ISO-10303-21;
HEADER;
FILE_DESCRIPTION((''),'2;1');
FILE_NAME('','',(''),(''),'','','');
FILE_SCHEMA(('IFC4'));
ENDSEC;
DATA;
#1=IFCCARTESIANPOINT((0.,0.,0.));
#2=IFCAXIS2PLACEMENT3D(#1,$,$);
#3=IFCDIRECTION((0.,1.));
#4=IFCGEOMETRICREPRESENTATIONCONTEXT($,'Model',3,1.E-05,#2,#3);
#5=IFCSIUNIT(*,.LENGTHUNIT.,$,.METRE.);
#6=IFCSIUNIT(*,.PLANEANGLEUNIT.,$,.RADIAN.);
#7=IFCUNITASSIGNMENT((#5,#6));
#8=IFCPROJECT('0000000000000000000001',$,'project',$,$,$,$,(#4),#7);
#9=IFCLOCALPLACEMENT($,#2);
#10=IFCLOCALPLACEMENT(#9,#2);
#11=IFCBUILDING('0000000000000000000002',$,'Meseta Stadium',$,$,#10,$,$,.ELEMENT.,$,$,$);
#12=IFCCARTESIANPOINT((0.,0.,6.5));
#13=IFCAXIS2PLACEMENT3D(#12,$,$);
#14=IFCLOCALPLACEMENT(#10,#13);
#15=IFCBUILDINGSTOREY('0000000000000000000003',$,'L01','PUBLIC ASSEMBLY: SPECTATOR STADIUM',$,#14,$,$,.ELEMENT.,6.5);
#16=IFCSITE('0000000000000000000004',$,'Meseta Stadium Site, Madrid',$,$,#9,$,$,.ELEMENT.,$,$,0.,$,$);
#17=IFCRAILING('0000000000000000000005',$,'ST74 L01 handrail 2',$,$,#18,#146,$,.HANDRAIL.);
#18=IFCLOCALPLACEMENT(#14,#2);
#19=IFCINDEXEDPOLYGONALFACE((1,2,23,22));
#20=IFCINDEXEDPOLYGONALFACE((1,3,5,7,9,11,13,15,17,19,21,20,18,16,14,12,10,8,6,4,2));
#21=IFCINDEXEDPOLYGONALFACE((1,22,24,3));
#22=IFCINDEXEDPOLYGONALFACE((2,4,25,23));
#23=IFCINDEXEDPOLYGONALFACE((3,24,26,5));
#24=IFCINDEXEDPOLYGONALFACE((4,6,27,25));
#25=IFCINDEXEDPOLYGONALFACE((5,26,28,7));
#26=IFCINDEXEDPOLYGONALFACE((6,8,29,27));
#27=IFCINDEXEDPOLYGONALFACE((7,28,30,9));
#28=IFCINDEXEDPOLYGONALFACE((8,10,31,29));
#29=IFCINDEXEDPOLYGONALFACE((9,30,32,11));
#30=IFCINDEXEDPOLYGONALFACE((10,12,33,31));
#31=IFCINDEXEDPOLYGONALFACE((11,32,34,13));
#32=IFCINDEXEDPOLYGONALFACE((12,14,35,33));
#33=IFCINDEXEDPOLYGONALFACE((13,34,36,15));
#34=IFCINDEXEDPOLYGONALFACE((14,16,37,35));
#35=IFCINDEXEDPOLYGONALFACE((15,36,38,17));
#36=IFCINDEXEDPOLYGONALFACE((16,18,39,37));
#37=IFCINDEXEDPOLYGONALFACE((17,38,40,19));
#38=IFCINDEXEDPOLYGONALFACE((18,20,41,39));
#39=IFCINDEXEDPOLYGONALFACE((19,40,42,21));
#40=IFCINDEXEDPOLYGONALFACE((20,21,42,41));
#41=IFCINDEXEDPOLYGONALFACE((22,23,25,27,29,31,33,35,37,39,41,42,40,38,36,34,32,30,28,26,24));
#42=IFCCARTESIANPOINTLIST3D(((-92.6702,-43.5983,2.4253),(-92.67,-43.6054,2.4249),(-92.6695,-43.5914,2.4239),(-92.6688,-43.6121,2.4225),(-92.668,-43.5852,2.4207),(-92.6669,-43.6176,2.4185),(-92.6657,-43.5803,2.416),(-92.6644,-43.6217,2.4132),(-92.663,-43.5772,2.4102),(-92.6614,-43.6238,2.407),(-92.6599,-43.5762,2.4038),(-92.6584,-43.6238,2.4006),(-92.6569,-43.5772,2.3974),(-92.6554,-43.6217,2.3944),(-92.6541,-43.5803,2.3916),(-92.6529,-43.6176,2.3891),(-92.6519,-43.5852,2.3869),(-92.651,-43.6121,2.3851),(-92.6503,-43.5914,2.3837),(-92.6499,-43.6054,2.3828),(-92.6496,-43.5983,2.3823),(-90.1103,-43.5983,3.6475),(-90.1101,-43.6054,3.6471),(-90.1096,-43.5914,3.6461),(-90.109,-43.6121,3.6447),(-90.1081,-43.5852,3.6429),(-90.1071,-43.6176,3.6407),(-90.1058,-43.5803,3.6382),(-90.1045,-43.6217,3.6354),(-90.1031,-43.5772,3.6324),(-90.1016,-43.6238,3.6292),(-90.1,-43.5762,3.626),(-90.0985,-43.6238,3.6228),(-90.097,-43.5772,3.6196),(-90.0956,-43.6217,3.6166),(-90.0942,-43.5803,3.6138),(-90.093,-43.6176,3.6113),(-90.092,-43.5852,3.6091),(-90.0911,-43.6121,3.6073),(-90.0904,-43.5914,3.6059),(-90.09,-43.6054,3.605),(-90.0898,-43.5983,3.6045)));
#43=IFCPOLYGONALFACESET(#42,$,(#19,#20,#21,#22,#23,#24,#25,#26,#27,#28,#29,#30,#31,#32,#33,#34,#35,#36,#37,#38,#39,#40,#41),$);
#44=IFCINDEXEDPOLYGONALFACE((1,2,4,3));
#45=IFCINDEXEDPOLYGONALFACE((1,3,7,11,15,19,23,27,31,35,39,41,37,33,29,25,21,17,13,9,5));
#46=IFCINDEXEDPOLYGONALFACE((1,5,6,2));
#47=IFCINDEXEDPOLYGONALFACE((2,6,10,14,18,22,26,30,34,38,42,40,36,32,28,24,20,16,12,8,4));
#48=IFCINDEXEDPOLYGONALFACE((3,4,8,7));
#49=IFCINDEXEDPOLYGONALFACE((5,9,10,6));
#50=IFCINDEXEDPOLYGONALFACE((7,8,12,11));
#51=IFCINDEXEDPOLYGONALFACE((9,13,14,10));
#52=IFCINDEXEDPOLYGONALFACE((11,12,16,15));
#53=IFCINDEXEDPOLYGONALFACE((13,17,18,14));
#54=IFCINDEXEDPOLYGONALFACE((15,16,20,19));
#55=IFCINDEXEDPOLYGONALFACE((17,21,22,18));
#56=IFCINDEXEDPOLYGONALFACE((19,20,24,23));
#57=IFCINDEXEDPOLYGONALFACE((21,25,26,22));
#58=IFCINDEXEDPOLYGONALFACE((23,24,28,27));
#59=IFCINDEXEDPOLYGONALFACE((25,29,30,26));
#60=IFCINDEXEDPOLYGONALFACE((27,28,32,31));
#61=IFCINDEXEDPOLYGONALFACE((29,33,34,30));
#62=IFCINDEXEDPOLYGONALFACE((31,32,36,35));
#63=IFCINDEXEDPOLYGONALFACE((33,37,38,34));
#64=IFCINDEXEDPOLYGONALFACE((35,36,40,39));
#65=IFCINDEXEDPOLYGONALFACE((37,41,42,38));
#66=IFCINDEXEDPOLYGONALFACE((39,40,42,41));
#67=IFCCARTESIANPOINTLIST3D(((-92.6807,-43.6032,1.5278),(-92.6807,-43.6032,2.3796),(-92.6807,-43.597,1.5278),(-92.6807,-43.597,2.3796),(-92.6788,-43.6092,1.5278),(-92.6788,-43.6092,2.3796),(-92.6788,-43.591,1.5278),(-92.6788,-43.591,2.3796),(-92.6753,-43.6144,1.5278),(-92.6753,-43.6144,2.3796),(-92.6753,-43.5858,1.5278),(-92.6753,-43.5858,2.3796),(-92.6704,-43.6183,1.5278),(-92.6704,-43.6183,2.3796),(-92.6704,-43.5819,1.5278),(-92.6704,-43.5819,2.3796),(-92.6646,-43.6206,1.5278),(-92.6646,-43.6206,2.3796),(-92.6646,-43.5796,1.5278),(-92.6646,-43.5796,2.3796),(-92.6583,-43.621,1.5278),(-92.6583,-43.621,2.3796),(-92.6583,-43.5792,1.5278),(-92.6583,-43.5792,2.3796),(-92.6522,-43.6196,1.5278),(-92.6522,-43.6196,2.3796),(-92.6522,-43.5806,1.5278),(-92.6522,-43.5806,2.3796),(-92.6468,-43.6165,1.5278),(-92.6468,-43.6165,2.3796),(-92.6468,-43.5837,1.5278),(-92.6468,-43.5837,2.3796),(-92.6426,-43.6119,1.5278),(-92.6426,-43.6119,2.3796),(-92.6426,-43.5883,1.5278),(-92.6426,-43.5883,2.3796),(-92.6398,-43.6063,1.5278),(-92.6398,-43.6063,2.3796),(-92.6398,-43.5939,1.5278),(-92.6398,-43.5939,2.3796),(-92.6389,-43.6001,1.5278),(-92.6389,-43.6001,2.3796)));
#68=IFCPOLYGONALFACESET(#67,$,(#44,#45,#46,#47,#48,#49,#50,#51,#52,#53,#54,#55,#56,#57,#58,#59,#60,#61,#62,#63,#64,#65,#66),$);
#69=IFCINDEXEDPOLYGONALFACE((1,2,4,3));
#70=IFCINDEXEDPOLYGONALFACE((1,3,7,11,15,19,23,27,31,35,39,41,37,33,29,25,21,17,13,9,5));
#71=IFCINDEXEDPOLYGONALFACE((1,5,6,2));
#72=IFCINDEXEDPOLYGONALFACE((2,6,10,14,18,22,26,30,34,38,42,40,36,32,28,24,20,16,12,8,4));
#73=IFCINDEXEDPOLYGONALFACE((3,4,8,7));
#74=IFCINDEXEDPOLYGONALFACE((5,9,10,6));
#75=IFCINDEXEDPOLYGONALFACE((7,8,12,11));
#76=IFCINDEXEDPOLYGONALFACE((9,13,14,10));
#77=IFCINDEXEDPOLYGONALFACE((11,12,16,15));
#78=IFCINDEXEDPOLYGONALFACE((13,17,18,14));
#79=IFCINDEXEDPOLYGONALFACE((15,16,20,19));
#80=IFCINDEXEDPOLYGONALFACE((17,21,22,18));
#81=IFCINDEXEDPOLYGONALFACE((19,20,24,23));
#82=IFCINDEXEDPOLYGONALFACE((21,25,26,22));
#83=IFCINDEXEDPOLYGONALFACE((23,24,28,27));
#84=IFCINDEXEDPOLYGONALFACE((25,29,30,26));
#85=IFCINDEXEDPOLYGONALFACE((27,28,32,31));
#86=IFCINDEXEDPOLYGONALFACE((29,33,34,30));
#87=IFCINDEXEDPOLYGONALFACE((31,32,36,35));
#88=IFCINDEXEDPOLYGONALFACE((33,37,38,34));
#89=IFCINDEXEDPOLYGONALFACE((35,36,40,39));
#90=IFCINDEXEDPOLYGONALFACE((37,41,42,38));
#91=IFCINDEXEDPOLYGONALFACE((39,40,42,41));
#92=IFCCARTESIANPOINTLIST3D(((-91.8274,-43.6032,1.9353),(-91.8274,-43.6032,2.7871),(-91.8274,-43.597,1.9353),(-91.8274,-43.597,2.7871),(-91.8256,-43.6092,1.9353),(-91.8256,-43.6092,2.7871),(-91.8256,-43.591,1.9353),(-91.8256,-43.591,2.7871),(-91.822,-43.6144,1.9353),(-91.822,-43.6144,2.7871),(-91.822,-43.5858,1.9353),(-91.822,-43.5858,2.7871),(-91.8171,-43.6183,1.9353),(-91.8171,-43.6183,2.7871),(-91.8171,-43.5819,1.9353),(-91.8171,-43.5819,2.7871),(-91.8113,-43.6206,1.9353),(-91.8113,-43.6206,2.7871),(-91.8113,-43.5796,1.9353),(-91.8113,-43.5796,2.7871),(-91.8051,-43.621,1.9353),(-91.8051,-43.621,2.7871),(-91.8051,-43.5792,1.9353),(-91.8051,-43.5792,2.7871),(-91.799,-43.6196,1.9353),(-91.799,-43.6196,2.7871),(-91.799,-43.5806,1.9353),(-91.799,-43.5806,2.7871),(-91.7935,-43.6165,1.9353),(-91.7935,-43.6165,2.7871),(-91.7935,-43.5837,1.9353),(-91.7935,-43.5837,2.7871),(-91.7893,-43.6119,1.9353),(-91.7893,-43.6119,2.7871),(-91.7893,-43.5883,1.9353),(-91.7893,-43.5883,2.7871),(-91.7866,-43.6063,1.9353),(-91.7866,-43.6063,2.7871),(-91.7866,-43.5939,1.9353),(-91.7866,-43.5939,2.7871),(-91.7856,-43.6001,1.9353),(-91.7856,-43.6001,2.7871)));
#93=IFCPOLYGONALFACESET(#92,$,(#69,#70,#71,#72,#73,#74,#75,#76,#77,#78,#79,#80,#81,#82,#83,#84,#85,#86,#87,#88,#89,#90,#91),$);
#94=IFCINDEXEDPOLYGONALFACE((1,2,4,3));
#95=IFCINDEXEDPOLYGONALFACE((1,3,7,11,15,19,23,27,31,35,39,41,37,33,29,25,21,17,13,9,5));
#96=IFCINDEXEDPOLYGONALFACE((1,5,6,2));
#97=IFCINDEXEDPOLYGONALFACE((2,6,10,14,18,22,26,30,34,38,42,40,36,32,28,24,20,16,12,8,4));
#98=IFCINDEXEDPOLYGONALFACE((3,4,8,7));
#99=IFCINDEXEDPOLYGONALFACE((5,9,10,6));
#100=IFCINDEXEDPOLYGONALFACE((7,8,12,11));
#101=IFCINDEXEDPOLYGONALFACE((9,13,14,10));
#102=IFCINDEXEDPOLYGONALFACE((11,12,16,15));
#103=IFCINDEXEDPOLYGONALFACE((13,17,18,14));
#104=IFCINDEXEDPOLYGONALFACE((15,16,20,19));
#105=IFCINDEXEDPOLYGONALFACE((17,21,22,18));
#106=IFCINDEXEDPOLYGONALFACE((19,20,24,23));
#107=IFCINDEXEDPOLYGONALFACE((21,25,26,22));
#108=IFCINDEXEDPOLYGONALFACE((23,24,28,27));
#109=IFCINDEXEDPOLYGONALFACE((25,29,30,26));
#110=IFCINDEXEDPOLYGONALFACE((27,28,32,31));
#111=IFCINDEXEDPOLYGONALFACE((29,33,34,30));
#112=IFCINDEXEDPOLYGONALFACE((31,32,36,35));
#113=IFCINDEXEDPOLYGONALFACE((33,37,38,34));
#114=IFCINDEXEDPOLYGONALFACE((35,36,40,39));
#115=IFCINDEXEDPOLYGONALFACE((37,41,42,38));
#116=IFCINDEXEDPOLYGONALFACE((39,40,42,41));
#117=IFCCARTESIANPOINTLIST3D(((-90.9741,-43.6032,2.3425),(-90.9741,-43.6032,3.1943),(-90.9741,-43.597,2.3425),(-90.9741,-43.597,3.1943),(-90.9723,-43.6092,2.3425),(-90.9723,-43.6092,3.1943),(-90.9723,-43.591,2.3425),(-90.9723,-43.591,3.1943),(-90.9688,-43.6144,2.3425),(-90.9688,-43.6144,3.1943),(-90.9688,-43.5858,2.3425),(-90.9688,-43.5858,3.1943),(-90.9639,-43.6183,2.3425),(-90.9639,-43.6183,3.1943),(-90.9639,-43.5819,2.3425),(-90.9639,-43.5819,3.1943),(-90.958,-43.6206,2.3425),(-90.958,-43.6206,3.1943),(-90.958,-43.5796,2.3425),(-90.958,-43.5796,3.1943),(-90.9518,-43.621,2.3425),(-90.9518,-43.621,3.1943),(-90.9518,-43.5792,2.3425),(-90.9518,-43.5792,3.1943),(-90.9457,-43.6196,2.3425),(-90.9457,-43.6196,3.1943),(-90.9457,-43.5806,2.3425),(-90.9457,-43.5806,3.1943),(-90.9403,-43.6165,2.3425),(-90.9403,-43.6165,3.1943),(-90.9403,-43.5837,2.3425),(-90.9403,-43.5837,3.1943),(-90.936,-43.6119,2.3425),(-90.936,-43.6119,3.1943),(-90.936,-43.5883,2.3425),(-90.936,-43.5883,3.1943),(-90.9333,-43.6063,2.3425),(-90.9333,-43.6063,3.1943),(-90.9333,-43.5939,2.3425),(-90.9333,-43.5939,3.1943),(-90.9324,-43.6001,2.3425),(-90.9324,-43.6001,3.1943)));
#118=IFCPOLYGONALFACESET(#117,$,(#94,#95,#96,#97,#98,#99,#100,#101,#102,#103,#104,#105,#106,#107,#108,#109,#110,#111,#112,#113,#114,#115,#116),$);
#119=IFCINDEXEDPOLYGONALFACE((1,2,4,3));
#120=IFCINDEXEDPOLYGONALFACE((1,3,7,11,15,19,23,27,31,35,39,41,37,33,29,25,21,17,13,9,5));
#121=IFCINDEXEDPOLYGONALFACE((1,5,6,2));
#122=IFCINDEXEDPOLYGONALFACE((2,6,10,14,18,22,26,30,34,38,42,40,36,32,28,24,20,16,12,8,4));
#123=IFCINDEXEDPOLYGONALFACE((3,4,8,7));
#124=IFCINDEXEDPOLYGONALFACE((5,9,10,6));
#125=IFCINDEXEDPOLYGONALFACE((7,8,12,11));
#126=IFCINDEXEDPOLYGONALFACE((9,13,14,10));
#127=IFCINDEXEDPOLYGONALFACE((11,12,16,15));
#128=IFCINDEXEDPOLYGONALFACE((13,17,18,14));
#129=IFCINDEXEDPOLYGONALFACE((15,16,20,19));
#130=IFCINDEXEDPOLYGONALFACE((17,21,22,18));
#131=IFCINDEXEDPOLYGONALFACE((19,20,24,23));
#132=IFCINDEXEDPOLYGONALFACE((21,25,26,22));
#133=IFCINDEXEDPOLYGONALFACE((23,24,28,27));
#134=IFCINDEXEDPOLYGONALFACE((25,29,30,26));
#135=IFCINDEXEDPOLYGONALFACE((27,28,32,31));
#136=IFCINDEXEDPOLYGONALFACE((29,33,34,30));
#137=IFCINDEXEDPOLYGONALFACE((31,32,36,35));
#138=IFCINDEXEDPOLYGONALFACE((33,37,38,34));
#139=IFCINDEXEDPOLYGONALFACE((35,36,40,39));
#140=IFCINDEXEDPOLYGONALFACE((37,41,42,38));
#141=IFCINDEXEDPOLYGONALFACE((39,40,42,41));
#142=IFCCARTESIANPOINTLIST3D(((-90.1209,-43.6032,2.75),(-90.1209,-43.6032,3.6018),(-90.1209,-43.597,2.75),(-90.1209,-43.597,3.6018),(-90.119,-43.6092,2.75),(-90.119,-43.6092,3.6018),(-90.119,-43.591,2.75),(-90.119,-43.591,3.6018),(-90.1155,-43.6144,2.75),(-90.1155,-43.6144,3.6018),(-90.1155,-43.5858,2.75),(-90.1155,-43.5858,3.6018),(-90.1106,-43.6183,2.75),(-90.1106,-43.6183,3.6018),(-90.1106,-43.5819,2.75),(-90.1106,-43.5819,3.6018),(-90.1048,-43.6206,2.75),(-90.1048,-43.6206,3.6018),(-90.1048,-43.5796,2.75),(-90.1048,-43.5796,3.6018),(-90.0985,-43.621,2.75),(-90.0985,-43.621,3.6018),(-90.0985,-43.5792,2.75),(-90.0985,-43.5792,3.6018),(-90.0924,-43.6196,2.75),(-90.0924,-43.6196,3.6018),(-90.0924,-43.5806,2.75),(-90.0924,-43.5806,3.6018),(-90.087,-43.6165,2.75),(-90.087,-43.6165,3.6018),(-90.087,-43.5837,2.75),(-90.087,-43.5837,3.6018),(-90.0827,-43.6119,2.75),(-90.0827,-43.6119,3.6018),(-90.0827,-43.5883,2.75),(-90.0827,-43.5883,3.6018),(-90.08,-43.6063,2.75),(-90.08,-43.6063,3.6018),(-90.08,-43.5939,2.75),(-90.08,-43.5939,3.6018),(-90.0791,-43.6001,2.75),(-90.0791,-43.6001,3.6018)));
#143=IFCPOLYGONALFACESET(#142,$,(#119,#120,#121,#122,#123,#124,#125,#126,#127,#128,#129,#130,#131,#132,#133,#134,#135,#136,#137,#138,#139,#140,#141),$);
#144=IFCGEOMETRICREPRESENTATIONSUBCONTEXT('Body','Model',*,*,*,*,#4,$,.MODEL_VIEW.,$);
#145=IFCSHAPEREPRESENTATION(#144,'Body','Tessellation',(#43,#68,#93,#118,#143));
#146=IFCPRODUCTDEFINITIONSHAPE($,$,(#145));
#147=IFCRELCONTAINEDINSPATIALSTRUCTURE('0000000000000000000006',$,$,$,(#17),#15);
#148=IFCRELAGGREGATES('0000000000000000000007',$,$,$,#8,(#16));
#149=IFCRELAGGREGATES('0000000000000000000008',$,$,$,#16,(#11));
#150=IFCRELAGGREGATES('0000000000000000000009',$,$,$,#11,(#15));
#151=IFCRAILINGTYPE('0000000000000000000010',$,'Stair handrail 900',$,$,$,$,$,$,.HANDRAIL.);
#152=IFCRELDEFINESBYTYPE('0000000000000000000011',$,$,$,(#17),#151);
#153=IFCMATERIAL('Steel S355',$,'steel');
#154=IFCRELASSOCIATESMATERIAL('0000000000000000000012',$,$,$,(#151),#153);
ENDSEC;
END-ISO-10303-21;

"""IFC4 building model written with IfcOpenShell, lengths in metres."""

from ifc_helpers import new_model, si_unit, direction, frame, origin, origin_2d, place, context, subcontext, project, spatial, circle, extrude, material, type_object, element, save


model = new_model("IFC4")

# Units and contexts
model_context = context("Model", 3, precision=1e-05, world=origin(), true_north=direction((0.0, 1.0)))
body_context = subcontext(model_context, "Body", "Model", "MODEL_VIEW")
ifc_project = project(units=[si_unit("LENGTHUNIT", "METRE"), si_unit("PLANEANGLEUNIT", "RADIAN")], contexts=[model_context])

# Site, building, storey
site_placement = place(None, origin())
site = spatial("IfcSite", under=ifc_project, at=site_placement, Name="Meseta Stadium Site, Madrid", CompositionType="ELEMENT", RefElevation=0.0)
building_placement = place(site_placement, origin())
building = spatial("IfcBuilding", under=site, at=building_placement, Name="Meseta Stadium", CompositionType="ELEMENT")
storey_placement = place(building_placement, frame((0.0, 0.0, 6.5)))
storey = spatial("IfcBuildingStorey", under=building, at=storey_placement, Name="L01", Description="PUBLIC ASSEMBLY: SPECTATOR STADIUM", CompositionType="ELEMENT", Elevation=6.5)

# Railing
ifc_material_1 = material(Name="Steel S355", Category="steel")
railing_type_1 = type_object("IfcRailingType", Name="Stair handrail 900", PredefinedType="HANDRAIL", material=ifc_material_1)
for number, where, name in (
    (1, (-92.6599, -43.6001, 1.5278), "ST74 L01 handrail 2"),
):
    element("IfcRailing", number, at=place(storey_placement, frame(where)), inside=storey, type_object=railing_type_1, Name=name, PredefinedType="HANDRAIL", context=body_context, shape_type="SweptSolid", body=[
        extrude(circle(Radius=0.0239, at=origin_2d()), frame((0.0, 0.0, 0.876), z_axis=(0.902421, 0.0, 0.430855), x_axis=(0.0, 1.0, 0.0)), (0.0, 0.0, 1.0), 2.8367),
        extrude(circle(Radius=0.021, at=origin_2d()), origin(), (0.0, 0.0, 1.0), 0.8518),
        extrude(circle(Radius=0.021, at=origin_2d()), frame((0.8533, 0.0, 0.4075)), (0.0, 0.0, 1.0), 0.8518),
        extrude(circle(Radius=0.021, at=origin_2d()), frame((1.7065, 0.0, 0.8147)), (0.0, 0.0, 1.0), 0.8518),
        extrude(circle(Radius=0.021, at=origin_2d()), frame((2.5598, 0.0, 1.2222)), (0.0, 0.0, 1.0), 0.8518),
    ])

save(model, "model.ifc")
